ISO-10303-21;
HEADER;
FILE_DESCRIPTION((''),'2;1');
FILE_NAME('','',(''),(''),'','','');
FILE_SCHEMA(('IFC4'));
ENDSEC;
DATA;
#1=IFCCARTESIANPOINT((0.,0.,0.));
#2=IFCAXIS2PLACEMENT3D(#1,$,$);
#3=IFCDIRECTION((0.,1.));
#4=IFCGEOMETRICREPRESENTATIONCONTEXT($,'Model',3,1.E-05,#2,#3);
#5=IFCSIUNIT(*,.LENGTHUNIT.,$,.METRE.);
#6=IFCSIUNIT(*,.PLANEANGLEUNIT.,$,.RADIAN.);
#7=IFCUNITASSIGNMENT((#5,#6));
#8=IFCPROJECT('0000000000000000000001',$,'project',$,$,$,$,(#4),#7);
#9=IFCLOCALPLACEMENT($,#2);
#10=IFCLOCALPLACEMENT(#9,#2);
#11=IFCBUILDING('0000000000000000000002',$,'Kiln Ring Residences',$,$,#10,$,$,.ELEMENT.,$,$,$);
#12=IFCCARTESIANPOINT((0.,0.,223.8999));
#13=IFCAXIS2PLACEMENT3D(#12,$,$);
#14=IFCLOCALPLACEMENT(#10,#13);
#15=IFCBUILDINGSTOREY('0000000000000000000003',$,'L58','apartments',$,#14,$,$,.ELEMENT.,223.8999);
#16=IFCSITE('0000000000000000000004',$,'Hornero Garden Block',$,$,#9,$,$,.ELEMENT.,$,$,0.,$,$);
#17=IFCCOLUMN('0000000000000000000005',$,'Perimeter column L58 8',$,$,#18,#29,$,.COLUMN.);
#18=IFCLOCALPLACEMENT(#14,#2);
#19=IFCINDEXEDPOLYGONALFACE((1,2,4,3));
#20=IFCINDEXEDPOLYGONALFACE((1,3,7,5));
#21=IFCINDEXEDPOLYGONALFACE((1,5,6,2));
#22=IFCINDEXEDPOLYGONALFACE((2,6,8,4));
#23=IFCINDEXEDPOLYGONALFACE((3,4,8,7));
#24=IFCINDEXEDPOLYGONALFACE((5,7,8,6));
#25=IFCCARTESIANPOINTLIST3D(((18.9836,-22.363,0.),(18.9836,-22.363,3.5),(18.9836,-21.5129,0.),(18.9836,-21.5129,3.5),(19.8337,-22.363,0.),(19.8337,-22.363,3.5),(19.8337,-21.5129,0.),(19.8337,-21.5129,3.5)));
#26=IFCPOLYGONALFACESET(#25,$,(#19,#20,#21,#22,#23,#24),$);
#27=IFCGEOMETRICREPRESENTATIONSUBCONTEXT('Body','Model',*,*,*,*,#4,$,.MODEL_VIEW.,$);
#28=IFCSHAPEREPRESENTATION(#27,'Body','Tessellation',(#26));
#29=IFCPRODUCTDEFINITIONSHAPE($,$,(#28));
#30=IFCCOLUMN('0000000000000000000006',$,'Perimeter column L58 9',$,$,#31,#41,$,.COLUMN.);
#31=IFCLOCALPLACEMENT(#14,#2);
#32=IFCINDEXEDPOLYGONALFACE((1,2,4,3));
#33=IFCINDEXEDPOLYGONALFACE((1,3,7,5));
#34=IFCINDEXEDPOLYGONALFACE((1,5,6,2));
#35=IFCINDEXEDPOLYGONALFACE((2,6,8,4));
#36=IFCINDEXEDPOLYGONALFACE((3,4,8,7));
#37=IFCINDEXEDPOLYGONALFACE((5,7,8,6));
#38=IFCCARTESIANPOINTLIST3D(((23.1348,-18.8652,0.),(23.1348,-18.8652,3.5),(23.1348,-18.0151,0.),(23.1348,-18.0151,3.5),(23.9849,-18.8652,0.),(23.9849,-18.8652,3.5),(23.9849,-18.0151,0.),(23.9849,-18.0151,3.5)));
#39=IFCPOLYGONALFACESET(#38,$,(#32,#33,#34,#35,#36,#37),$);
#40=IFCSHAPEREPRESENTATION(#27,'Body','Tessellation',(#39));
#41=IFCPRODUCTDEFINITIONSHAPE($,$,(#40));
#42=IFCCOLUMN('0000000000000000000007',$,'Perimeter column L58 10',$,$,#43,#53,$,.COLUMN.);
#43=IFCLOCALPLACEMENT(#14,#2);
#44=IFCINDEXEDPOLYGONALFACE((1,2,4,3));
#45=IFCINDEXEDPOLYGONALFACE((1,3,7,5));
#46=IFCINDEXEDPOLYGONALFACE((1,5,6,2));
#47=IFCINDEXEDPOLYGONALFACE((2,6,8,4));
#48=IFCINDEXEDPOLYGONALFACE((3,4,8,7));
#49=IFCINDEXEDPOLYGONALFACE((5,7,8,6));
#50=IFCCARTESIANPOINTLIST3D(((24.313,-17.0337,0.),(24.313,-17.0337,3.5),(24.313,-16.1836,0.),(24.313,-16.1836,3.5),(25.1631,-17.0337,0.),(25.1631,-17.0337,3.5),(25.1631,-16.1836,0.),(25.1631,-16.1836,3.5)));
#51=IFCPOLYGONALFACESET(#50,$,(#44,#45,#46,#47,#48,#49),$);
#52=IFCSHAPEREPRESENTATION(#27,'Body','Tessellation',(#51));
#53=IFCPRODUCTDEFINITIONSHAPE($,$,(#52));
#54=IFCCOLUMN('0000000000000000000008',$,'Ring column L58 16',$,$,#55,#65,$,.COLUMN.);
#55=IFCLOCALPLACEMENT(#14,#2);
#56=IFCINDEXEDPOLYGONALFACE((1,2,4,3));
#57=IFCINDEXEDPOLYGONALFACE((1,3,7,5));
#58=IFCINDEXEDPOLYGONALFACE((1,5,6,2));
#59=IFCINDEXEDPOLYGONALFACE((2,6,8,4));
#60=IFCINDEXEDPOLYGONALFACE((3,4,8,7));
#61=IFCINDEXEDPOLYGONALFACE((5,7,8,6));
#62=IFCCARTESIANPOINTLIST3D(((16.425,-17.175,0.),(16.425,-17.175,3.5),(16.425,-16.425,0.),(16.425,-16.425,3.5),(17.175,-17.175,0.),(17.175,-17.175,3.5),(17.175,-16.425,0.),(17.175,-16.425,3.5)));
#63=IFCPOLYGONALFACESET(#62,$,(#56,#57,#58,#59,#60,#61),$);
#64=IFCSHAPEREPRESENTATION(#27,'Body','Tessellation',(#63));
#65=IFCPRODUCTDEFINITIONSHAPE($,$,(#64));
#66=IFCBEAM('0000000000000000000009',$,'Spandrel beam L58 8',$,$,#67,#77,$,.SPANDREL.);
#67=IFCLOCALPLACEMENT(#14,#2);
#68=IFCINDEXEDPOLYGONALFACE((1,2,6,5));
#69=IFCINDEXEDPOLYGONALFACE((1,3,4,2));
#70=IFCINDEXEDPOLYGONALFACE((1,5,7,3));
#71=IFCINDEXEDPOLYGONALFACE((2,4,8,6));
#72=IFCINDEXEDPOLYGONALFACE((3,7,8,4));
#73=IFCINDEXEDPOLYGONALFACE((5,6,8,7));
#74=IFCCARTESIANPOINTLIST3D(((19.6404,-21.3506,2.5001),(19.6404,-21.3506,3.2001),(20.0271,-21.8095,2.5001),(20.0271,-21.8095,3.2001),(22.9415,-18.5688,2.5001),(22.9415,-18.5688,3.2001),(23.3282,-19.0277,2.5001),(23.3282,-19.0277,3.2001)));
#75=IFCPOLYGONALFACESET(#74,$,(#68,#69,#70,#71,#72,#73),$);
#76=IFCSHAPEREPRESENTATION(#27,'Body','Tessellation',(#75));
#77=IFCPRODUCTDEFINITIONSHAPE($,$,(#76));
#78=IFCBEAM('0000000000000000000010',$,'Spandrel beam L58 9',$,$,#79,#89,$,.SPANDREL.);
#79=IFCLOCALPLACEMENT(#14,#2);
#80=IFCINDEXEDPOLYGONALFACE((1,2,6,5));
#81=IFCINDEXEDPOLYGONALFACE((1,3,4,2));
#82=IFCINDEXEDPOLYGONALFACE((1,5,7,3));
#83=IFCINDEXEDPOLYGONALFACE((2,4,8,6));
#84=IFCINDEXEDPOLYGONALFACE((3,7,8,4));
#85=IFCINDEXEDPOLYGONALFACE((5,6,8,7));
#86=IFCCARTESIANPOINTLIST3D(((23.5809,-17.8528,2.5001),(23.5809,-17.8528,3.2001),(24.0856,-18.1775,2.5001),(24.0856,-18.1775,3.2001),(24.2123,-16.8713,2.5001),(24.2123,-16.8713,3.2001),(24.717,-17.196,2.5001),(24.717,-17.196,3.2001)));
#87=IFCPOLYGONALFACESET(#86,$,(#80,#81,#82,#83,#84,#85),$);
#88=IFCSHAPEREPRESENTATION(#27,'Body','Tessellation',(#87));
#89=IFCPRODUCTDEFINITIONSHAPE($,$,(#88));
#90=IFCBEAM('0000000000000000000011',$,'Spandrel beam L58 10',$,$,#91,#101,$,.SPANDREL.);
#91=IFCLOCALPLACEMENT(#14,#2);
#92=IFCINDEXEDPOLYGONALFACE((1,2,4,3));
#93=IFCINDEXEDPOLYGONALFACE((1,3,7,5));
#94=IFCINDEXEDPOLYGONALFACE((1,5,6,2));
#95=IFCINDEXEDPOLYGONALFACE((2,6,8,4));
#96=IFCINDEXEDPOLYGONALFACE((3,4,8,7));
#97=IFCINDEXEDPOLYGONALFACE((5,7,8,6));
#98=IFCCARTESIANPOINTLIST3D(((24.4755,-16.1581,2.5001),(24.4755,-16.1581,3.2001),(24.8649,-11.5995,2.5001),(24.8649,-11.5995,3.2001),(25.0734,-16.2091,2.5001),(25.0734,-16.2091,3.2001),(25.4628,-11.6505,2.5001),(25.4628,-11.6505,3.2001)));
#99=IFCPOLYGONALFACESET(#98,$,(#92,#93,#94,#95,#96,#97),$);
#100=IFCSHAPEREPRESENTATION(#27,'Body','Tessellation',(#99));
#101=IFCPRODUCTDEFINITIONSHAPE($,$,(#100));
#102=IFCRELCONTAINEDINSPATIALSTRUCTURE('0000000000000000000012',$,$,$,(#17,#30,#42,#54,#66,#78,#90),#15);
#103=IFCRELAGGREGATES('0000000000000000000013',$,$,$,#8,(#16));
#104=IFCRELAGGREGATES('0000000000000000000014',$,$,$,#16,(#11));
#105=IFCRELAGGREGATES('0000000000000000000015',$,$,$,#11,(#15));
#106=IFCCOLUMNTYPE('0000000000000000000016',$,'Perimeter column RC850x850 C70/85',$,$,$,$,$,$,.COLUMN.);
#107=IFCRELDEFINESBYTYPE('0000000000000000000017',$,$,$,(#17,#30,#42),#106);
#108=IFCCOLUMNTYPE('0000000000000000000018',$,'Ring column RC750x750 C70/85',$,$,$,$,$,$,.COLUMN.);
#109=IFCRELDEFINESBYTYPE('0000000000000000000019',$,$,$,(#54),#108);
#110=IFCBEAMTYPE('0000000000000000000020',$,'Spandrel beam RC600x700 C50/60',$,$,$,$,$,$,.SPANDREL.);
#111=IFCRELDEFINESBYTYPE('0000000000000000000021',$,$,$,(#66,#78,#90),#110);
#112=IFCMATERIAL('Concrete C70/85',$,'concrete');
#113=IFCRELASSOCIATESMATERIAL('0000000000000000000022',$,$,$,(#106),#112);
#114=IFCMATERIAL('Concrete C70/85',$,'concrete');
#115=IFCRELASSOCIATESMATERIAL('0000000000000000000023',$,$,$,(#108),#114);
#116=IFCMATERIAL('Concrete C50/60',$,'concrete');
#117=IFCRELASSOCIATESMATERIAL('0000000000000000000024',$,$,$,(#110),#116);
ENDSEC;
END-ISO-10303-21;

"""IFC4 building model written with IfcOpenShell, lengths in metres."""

from ifc_helpers import new_model, si_unit, direction, frame, origin, origin_2d, place, context, subcontext, project, spatial, rectangle, extrude, material, material_profile, profile_set, type_object, element, save


model = new_model("IFC4")

# Units and contexts
model_context = context("Model", 3, precision=1e-05, world=origin(), true_north=direction((0.0, 1.0)))
body_context = subcontext(model_context, "Body", "Model", "MODEL_VIEW")
ifc_project = project(units=[si_unit("LENGTHUNIT", "METRE"), si_unit("PLANEANGLEUNIT", "RADIAN")], contexts=[model_context])

# Site, building, storey
site_placement = place(None, origin())
site = spatial("IfcSite", under=ifc_project, at=site_placement, Name="Hornero Garden Block", CompositionType="ELEMENT", RefElevation=0.0)
building_placement = place(site_placement, origin())
building = spatial("IfcBuilding", under=site, at=building_placement, Name="Kiln Ring Residences", CompositionType="ELEMENT")
storey_placement = place(building_placement, frame((0.0, 0.0, 223.8999)))
storey = spatial("IfcBuildingStorey", under=building, at=storey_placement, Name="L58", Description="apartments", CompositionType="ELEMENT", Elevation=223.8999)

# Columns
ifc_material_1 = material(Name="Concrete C70/85", Category="concrete")
ifc_material_profile_1 = material_profile(ifc_material_1, rectangle(XDim=0.8501, YDim=0.8501, at=origin_2d()), Name="RC850x850")
ifc_profile_set_1 = profile_set([ifc_material_profile_1], Name="Concrete C70/85")
column_type_1 = type_object("IfcColumnType", Name="Perimeter column RC850x850 C70/85", PredefinedType="COLUMN", material=ifc_profile_set_1)
for number, where, z_axis, x_axis, name in (
    (1, (19.4087, -21.938, 0.0), (0.0, 0.0, 1.0), (1.0, 0.0, 0.0), "Perimeter column L58 8"),
    (2, (23.5598, -18.4402, 0.0), (0.0, 0.0, 1.0), (1.0, 0.0, 0.0), "Perimeter column L58 9"),
    (3, (24.738, -16.6086, 0.0), (0.0, 0.0, 1.0), (1.0, 0.0, 0.0), "Perimeter column L58 10"),
):
    element("IfcColumn", number, at=place(storey_placement, frame(where, z_axis=z_axis, x_axis=x_axis)), inside=storey, type_object=column_type_1, Name=name, PredefinedType="COLUMN", context=body_context, shape_type="SweptSolid", body=[
        extrude(rectangle(XDim=0.8501, YDim=0.8501, at=origin_2d()), origin(), (0.0, 0.0, 1.0), 3.5),
    ])
ifc_material_2 = material(Name="Concrete C70/85", Category="concrete")
ifc_material_profile_2 = material_profile(ifc_material_2, rectangle(XDim=0.75, YDim=0.75, at=origin_2d()), Name="RC750x750")
ifc_profile_set_2 = profile_set([ifc_material_profile_2], Name="Concrete C70/85")
column_type_2 = type_object("IfcColumnType", Name="Ring column RC750x750 C70/85", PredefinedType="COLUMN", material=ifc_profile_set_2)
column_placement = place(storey_placement, frame((16.8, -16.8, 0.0), z_axis=(0.0, 0.0, 1.0), x_axis=(1.0, 0.0, 0.0)))
element("IfcColumn", 4, at=column_placement, inside=storey, type_object=column_type_2, Name="Ring column L58 16", PredefinedType="COLUMN", context=body_context, shape_type="SweptSolid", body=[
    extrude(rectangle(XDim=0.75, YDim=0.75, at=origin_2d()), origin(), (0.0, 0.0, 1.0), 3.5),
])

# Beams
ifc_material_3 = material(Name="Concrete C50/60", Category="concrete")
ifc_material_profile_3 = material_profile(ifc_material_3, rectangle(XDim=0.6001, YDim=0.7, at=origin_2d()), Name="RC600x700")
ifc_profile_set_3 = profile_set([ifc_material_profile_3], Name="Concrete C50/60")
beam_type = type_object("IfcBeamType", Name="Spandrel beam RC600x700 C50/60", PredefinedType="SPANDREL", material=ifc_profile_set_3)
beam_1_placement = place(storey_placement, frame((19.8337, -21.5801, 2.8501), z_axis=(0.764691, 0.644397, 0.0), x_axis=(-0.644397, 0.764691, 0.0)))
element("IfcBeam", 5, at=beam_1_placement, inside=storey, type_object=beam_type, Name="Spandrel beam L58 8", PredefinedType="SPANDREL", context=body_context, shape_type="SweptSolid", body=[
    extrude(rectangle(XDim=0.6001, YDim=0.7, at=origin_2d()), origin(), (0.0, 0.0, 1.0), 4.3169),
])
beam_2_placement = place(storey_placement, frame((23.8333, -18.0151, 2.8501), z_axis=(0.541011, 0.841015, 0.0), x_axis=(-0.841015, 0.541011, 0.0)))
element("IfcBeam", 6, at=beam_2_placement, inside=storey, type_object=beam_type, Name="Spandrel beam L58 9", PredefinedType="SPANDREL", context=body_context, shape_type="SweptSolid", body=[
    extrude(rectangle(XDim=0.6001, YDim=0.7, at=origin_2d()), origin(), (0.0, 0.0, 1.0), 1.167),
])
beam_3_placement = place(storey_placement, frame((24.7744, -16.1836, 2.8501), z_axis=(0.085112, 0.996371, 0.0), x_axis=(-0.996371, 0.085112, 0.0)))
element("IfcBeam", 7, at=beam_3_placement, inside=storey, type_object=beam_type, Name="Spandrel beam L58 10", PredefinedType="SPANDREL", context=body_context, shape_type="SweptSolid", body=[
    extrude(rectangle(XDim=0.6001, YDim=0.7, at=origin_2d()), origin(), (0.0, 0.0, 1.0), 4.5752),
])

save(model, "model.ifc")
